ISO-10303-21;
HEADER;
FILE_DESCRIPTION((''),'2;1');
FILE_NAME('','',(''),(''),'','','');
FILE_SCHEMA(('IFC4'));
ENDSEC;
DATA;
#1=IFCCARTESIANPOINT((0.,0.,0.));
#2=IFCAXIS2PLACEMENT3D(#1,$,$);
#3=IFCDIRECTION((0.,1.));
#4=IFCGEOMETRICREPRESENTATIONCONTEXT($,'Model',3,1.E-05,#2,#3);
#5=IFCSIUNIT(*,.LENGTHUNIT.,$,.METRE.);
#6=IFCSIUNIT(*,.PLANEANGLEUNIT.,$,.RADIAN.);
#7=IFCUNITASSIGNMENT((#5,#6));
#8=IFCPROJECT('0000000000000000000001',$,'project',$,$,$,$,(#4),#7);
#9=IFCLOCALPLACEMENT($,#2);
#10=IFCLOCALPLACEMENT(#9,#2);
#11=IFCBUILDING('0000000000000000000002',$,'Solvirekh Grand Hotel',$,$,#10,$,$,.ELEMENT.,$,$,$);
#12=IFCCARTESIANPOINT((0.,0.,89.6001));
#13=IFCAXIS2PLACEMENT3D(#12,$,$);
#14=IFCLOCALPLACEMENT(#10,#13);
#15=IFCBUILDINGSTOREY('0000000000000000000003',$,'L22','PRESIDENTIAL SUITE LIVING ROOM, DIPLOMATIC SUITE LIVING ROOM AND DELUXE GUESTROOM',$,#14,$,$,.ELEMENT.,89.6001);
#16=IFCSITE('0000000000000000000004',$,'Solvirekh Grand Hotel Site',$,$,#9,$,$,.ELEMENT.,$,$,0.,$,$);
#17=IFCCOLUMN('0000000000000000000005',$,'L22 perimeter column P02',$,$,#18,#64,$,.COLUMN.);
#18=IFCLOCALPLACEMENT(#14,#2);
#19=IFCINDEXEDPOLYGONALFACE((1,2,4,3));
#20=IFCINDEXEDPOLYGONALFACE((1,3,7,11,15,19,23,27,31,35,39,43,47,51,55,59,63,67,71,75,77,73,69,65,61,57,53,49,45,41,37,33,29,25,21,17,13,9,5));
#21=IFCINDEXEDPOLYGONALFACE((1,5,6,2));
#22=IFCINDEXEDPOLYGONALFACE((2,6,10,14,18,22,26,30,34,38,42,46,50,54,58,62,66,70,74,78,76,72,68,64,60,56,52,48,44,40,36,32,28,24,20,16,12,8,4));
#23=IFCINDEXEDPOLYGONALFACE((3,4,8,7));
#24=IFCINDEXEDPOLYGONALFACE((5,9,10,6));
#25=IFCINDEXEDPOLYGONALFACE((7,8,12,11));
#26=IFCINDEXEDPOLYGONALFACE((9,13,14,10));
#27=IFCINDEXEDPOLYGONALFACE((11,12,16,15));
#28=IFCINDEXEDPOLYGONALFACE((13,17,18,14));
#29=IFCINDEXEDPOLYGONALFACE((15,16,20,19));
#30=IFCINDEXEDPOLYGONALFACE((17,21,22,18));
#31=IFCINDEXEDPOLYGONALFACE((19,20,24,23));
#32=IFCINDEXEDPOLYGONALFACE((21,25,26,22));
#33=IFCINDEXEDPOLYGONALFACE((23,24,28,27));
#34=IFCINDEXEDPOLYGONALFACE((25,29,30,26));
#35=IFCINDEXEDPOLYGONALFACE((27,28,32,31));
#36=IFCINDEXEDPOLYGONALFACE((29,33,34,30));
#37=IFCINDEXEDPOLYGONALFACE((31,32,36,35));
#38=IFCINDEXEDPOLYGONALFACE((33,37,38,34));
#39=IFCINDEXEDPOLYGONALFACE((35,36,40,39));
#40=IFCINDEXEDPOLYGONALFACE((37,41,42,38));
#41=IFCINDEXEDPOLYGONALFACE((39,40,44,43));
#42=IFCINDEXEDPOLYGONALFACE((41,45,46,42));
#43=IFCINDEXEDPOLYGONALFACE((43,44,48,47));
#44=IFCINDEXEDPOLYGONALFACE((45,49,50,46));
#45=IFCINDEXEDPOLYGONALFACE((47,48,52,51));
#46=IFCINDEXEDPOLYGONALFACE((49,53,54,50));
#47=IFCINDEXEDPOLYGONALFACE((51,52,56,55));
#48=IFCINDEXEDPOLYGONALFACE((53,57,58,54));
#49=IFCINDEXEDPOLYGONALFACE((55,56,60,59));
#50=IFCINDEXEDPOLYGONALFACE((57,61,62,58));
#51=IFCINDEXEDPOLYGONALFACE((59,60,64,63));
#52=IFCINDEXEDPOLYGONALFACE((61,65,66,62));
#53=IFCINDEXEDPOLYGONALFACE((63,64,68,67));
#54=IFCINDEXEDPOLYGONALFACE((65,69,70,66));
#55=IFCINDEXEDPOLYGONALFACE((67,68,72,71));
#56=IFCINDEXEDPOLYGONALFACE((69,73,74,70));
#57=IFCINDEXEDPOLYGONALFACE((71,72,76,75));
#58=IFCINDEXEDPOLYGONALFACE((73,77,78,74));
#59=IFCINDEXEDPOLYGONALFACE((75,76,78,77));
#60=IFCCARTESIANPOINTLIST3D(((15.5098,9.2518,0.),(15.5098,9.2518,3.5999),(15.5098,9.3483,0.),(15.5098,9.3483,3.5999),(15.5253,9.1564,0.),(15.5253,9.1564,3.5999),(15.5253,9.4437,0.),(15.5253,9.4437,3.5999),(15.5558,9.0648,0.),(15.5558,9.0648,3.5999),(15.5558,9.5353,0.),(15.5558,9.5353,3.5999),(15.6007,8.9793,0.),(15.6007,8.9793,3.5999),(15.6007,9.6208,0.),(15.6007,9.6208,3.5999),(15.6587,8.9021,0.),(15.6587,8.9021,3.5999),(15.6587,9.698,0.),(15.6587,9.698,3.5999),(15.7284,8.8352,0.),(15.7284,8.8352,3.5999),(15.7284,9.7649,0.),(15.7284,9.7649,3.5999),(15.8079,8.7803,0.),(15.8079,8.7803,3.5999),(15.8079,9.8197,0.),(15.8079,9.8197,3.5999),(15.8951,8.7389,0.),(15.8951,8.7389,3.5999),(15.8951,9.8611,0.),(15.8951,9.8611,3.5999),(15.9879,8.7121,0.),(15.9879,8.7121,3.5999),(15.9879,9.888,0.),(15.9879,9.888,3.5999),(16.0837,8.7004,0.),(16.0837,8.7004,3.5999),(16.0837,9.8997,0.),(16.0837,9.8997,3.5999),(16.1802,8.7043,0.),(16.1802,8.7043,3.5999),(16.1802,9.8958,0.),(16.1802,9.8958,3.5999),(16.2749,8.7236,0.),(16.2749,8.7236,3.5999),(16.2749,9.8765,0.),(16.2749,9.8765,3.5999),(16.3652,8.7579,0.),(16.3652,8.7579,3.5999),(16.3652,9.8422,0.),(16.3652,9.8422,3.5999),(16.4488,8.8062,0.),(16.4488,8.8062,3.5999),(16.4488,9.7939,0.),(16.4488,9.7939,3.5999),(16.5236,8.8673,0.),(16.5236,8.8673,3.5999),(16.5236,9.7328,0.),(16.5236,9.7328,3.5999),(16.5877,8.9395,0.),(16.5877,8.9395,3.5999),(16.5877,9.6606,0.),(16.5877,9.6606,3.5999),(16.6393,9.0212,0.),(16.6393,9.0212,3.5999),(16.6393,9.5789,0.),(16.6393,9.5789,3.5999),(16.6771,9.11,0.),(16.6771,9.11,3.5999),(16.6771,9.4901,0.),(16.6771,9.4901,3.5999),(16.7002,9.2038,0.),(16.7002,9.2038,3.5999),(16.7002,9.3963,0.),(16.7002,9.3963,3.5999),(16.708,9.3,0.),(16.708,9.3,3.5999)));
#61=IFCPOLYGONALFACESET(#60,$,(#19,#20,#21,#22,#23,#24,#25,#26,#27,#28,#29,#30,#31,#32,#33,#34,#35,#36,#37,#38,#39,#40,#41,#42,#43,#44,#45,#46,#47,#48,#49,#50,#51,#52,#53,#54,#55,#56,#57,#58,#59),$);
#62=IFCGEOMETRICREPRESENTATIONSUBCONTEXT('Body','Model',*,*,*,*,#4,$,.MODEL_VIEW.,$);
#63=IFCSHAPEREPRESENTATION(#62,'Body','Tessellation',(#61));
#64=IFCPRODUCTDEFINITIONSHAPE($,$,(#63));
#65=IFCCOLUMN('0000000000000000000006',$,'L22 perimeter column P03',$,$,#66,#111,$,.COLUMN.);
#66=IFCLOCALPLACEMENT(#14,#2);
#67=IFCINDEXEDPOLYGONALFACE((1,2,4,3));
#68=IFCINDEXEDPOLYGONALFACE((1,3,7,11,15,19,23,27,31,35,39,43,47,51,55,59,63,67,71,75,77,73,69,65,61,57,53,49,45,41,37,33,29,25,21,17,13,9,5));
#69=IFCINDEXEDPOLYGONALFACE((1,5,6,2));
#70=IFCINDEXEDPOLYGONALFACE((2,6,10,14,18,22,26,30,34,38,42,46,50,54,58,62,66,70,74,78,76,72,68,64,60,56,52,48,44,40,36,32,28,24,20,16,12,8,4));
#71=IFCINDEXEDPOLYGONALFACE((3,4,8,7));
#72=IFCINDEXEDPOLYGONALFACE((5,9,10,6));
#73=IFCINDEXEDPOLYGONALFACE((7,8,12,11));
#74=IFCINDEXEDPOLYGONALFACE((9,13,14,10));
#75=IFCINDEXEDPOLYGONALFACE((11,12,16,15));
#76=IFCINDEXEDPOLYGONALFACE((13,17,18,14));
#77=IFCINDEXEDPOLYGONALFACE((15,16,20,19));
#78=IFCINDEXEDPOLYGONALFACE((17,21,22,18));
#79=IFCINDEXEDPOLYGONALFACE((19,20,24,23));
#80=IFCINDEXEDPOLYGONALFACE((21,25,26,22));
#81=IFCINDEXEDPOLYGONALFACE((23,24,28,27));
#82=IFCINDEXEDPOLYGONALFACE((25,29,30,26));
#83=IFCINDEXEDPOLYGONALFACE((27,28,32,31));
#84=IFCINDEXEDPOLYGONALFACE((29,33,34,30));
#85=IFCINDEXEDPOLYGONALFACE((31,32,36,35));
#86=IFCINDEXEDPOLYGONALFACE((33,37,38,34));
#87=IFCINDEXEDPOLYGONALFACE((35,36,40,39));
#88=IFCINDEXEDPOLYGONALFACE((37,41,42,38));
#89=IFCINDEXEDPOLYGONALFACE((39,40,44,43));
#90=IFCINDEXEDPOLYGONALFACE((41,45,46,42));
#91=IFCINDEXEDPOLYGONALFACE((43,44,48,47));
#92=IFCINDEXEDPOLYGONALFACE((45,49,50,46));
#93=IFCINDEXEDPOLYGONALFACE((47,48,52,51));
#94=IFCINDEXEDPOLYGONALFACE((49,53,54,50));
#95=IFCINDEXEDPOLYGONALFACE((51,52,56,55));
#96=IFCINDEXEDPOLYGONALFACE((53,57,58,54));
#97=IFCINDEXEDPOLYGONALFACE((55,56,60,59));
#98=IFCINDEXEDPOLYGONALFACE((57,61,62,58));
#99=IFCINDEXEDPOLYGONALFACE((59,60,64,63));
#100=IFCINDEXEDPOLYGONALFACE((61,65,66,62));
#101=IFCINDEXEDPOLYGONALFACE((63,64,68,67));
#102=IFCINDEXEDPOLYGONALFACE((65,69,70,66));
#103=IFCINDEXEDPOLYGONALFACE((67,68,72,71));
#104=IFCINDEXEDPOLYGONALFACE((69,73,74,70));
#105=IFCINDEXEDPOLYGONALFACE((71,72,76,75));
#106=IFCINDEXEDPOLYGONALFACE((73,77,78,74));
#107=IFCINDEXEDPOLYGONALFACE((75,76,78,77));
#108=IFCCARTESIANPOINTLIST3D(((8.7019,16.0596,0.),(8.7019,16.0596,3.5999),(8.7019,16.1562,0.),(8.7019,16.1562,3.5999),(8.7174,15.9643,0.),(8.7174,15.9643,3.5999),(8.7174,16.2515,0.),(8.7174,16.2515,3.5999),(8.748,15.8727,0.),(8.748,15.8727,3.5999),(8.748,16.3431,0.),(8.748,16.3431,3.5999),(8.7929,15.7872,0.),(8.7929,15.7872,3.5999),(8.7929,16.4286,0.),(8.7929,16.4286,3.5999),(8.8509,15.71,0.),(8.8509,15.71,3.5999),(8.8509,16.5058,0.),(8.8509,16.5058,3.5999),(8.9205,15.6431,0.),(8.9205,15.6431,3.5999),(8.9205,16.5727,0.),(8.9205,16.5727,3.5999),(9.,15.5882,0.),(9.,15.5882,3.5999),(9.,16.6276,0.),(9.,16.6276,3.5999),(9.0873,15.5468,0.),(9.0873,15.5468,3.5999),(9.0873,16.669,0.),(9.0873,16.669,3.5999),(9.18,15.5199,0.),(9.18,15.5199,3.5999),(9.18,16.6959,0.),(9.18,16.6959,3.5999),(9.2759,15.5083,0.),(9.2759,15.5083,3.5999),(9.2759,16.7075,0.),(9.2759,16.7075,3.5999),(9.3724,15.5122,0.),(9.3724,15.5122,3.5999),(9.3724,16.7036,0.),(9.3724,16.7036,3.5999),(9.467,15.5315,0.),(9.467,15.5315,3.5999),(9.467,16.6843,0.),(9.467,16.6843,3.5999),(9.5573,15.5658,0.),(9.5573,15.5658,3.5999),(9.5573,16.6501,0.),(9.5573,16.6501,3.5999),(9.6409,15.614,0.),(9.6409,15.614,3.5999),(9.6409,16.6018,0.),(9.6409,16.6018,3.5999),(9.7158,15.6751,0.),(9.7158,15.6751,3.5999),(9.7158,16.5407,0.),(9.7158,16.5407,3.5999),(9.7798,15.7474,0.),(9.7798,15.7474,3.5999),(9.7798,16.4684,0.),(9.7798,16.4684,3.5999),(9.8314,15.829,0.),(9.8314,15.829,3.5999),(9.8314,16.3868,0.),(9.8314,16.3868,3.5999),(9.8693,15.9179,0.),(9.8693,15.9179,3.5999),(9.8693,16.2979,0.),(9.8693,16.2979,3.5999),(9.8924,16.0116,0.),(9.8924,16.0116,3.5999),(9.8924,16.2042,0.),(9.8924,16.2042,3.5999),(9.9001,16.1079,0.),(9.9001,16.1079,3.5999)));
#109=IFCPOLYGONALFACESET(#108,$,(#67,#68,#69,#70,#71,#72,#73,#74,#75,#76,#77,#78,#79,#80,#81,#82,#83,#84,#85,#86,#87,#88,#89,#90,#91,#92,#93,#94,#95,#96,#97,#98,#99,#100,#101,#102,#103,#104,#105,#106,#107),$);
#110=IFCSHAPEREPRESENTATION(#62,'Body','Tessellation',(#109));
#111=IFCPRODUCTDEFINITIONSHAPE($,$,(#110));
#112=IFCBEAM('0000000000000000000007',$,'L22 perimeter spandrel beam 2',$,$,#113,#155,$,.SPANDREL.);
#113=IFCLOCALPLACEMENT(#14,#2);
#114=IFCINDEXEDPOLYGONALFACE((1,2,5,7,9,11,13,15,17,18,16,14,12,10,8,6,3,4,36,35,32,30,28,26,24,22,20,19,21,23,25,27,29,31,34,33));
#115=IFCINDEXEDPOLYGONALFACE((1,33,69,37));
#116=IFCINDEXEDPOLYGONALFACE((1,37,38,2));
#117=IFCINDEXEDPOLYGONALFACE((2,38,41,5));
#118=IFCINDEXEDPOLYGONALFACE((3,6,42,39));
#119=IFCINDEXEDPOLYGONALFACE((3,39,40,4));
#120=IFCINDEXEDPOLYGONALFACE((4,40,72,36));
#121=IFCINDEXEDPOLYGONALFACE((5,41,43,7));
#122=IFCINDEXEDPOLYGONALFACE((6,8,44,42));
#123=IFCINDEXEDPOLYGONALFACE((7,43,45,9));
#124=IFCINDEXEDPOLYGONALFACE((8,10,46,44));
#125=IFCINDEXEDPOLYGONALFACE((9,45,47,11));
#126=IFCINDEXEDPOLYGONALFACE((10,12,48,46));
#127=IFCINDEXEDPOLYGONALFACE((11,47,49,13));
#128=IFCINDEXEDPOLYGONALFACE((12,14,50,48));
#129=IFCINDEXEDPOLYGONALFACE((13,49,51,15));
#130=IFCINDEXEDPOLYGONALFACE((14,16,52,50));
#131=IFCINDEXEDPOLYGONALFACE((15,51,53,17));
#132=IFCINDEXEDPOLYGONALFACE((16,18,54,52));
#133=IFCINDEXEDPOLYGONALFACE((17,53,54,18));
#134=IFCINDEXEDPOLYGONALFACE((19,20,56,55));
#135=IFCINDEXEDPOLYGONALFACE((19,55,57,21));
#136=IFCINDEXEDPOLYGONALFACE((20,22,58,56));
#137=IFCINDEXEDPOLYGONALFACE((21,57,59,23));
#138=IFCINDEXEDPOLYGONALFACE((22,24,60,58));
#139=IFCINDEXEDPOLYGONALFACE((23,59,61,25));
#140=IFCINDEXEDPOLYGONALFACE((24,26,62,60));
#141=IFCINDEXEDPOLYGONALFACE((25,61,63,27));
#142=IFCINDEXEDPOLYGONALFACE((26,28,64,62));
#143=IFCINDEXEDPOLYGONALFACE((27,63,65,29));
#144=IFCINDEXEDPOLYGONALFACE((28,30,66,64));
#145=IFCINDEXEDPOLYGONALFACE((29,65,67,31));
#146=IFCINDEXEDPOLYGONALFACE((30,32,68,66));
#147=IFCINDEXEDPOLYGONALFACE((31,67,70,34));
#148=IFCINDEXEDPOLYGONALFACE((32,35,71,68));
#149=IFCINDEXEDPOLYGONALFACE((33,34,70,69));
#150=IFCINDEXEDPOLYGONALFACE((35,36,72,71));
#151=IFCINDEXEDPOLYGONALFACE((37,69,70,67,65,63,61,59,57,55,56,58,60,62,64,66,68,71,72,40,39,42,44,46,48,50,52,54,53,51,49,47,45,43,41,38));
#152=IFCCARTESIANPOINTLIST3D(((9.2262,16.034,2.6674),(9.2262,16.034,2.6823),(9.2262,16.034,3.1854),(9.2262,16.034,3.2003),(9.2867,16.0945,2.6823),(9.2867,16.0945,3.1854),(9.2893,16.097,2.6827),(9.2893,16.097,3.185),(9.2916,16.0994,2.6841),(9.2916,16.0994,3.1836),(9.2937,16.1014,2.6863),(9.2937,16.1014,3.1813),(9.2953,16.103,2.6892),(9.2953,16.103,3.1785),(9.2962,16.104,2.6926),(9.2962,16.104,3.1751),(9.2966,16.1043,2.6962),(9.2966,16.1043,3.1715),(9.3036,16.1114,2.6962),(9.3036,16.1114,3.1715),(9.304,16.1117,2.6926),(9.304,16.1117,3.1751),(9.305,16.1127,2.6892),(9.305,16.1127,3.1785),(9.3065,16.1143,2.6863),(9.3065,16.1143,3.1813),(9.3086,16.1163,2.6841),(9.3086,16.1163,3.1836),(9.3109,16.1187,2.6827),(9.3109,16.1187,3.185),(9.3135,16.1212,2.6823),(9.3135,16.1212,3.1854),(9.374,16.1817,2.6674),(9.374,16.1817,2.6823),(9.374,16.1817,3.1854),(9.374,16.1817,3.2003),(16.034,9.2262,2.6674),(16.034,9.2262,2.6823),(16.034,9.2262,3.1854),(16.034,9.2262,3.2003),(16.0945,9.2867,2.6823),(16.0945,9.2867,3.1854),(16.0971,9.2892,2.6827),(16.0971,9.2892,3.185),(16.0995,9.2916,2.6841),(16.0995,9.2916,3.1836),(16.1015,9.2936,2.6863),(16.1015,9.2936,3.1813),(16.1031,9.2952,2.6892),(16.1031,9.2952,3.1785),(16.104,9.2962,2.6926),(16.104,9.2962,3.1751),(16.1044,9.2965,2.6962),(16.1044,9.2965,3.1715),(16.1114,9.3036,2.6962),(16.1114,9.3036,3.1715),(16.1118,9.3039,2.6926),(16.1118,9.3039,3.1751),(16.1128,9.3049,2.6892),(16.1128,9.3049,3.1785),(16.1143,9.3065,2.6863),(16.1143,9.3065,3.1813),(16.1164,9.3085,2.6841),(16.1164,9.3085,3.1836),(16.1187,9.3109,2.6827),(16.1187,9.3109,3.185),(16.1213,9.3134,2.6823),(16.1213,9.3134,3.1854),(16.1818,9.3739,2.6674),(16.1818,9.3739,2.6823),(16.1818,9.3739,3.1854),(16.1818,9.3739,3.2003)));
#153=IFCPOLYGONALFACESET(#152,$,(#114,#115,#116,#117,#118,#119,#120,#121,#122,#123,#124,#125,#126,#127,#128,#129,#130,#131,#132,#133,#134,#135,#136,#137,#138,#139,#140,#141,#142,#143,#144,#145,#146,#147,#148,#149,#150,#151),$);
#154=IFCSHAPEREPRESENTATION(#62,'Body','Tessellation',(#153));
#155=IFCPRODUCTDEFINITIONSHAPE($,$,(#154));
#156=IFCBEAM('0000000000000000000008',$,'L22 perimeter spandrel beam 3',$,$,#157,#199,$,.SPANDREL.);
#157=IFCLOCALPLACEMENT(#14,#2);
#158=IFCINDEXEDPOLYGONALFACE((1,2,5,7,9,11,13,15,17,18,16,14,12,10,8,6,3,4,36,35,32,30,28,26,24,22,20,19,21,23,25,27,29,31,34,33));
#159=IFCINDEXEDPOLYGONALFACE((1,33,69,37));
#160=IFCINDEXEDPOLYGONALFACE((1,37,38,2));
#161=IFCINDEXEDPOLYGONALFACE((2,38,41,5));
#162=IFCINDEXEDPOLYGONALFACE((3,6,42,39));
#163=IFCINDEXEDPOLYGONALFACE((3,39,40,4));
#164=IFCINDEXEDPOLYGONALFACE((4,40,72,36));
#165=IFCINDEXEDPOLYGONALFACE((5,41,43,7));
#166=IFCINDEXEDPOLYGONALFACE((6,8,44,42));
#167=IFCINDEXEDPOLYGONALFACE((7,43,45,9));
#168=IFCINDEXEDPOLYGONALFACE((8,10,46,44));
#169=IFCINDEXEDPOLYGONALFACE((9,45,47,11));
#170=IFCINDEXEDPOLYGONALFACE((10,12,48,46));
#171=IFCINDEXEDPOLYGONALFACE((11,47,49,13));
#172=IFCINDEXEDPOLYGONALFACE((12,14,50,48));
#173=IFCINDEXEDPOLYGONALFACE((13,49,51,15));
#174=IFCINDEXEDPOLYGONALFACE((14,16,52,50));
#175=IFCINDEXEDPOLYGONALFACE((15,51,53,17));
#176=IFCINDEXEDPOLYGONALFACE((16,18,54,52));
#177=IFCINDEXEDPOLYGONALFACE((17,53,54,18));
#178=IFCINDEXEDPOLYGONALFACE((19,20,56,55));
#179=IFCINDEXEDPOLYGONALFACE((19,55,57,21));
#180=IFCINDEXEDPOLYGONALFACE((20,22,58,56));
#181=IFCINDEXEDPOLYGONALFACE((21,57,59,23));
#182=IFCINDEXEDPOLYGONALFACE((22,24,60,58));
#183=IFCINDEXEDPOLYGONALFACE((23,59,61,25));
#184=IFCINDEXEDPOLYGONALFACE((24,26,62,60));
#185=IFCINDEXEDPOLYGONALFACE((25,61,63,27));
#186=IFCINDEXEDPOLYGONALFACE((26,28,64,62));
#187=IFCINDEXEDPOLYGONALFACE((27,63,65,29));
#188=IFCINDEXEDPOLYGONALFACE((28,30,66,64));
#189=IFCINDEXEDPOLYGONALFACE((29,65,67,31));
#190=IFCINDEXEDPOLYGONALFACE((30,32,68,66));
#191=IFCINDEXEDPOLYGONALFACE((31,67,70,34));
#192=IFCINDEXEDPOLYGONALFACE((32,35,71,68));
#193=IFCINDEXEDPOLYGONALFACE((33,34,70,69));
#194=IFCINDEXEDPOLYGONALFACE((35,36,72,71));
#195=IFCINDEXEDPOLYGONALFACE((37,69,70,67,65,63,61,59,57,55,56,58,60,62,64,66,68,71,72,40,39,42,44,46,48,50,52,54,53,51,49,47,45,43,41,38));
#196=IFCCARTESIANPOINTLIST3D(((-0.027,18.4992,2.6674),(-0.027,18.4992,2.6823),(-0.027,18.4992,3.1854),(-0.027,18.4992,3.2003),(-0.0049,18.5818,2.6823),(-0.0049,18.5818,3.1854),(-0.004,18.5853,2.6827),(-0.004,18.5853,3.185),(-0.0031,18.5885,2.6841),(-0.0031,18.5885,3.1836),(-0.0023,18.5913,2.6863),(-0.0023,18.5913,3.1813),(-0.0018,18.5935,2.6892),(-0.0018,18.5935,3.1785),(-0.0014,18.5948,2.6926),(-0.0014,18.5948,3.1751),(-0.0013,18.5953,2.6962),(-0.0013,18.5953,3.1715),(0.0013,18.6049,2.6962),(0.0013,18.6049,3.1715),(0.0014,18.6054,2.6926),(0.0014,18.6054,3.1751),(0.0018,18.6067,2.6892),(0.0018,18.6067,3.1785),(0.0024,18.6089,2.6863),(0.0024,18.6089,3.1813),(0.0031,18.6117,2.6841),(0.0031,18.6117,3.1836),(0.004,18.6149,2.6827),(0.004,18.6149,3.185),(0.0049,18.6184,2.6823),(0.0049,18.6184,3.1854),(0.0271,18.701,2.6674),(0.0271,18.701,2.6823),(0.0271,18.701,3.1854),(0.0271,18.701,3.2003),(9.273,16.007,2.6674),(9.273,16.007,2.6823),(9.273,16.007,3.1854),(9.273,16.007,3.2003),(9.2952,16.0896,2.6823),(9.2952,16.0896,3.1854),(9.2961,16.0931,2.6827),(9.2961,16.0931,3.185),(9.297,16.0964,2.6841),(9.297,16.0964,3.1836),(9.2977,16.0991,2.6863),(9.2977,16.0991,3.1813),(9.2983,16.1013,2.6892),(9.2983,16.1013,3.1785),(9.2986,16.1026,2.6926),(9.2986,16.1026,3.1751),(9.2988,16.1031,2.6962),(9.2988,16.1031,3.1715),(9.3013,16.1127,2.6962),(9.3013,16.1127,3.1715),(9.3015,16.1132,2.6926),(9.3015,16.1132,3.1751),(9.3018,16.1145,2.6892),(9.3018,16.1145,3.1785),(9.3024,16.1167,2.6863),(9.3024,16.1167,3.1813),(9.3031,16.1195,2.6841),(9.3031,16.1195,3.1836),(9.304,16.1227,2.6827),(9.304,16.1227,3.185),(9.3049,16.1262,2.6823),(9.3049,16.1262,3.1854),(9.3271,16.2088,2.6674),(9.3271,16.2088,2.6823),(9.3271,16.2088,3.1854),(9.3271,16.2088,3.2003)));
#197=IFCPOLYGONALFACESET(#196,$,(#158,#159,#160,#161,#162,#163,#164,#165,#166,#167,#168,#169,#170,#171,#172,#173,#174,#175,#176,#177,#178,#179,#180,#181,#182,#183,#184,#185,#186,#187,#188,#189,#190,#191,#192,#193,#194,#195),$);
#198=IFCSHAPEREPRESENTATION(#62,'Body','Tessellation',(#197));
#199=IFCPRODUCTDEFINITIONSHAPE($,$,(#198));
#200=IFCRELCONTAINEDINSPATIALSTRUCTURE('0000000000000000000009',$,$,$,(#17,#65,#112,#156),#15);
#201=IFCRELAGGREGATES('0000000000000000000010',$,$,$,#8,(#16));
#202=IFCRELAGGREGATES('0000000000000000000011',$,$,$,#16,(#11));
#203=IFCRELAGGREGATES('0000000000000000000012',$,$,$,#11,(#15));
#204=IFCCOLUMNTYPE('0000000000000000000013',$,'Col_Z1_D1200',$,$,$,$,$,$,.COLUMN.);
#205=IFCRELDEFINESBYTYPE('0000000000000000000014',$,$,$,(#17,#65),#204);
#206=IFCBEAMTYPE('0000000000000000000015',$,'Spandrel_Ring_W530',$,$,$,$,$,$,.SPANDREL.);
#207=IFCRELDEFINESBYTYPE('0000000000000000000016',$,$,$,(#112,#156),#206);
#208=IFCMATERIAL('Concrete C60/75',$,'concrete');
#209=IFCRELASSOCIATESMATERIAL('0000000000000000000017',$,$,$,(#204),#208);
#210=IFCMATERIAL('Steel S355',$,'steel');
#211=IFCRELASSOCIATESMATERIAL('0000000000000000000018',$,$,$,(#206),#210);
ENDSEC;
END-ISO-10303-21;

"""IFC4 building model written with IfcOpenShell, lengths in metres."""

from ifc_helpers import new_model, si_unit, direction, frame, origin, origin_2d, place, context, subcontext, project, spatial, circle, i_section, extrude, material, material_profile, profile_set, type_object, element, save


model = new_model("IFC4")

# Units and contexts
model_context = context("Model", 3, precision=1e-05, world=origin(), true_north=direction((0.0, 1.0)))
body_context = subcontext(model_context, "Body", "Model", "MODEL_VIEW")
ifc_project = project(units=[si_unit("LENGTHUNIT", "METRE"), si_unit("PLANEANGLEUNIT", "RADIAN")], contexts=[model_context])

# Site, building, storey
site_placement = place(None, origin())
site = spatial("IfcSite", under=ifc_project, at=site_placement, Name="Solvirekh Grand Hotel Site", CompositionType="ELEMENT", RefElevation=0.0)
building_placement = place(site_placement, origin())
building = spatial("IfcBuilding", under=site, at=building_placement, Name="Solvirekh Grand Hotel", CompositionType="ELEMENT")
storey_placement = place(building_placement, frame((0.0, 0.0, 89.6001)))
storey = spatial("IfcBuildingStorey", under=building, at=storey_placement, Name="L22", Description="PRESIDENTIAL SUITE LIVING ROOM, DIPLOMATIC SUITE LIVING ROOM AND DELUXE GUESTROOM", CompositionType="ELEMENT", Elevation=89.6001)

# Columns
ifc_material_1 = material(Name="Concrete C60/75", Category="concrete")
ifc_material_profile_1 = material_profile(ifc_material_1, circle(Radius=0.6001, at=origin_2d()), Name="RC CIRC D1200")
ifc_profile_set_1 = profile_set([ifc_material_profile_1], Name="Concrete C60/75")
column_type = type_object("IfcColumnType", Name="Col_Z1_D1200", PredefinedType="COLUMN", material=ifc_profile_set_1)
for number, where, z_axis, x_axis, name in (
    (1, (16.1079, 9.3, 0.0), (0.0, 0.0, 1.0), (1.0, 0.0, 0.0), "L22 perimeter column P02"),
    (2, (9.3, 16.1079, 0.0), (0.0, 0.0, 1.0), (1.0, 0.0, 0.0), "L22 perimeter column P03"),
):
    element("IfcColumn", number, at=place(storey_placement, frame(where, z_axis=z_axis, x_axis=x_axis)), inside=storey, type_object=column_type, Name=name, PredefinedType="COLUMN", context=body_context, shape_type="SweptSolid", body=[
        extrude(circle(Radius=0.6001, at=origin_2d()), origin(), (0.0, 0.0, 1.0), 3.5999),
    ])

# Beams
ifc_material_2 = material(Name="Steel S355", Category="steel")
ifc_material_profile_2 = material_profile(ifc_material_2, i_section(OverallWidth=0.209, OverallDepth=0.533, WebThickness=0.01, FlangeThickness=0.0149, FilletRadius=0.0139, at=origin_2d()), Name="W530X92")
ifc_profile_set_2 = profile_set([ifc_material_profile_2], Name="Steel S355")
beam_type = type_object("IfcBeamType", Name="Spandrel_Ring_W530", PredefinedType="SPANDREL", material=ifc_profile_set_2)
beam_1_placement = place(storey_placement, frame((16.1079, 9.3, 2.9338), z_axis=(-0.707107, 0.707107, 0.0), x_axis=(-0.707107, -0.707107, 0.0)))
element("IfcBeam", 3, at=beam_1_placement, inside=storey, type_object=beam_type, Name="L22 perimeter spandrel beam 2", PredefinedType="SPANDREL", context=body_context, shape_type="SweptSolid", body=[
    extrude(i_section(OverallWidth=0.209, OverallDepth=0.533, WebThickness=0.01, FlangeThickness=0.0149, FilletRadius=0.0139, at=origin_2d()), origin(), (0.0, 0.0, 1.0), 9.6277),
])
beam_2_placement = place(storey_placement, frame((9.3, 16.1079, 2.9338), z_axis=(-0.965919, 0.258843, 0.0), x_axis=(-0.258843, -0.965919, 0.0)))
element("IfcBeam", 4, at=beam_2_placement, inside=storey, type_object=beam_type, Name="L22 perimeter spandrel beam 3", PredefinedType="SPANDREL", context=body_context, shape_type="SweptSolid", body=[
    extrude(i_section(OverallWidth=0.209, OverallDepth=0.533, WebThickness=0.01, FlangeThickness=0.0149, FilletRadius=0.0139, at=origin_2d()), origin(), (0.0, 0.0, 1.0), 9.6282),
])

save(model, "model.ifc")
